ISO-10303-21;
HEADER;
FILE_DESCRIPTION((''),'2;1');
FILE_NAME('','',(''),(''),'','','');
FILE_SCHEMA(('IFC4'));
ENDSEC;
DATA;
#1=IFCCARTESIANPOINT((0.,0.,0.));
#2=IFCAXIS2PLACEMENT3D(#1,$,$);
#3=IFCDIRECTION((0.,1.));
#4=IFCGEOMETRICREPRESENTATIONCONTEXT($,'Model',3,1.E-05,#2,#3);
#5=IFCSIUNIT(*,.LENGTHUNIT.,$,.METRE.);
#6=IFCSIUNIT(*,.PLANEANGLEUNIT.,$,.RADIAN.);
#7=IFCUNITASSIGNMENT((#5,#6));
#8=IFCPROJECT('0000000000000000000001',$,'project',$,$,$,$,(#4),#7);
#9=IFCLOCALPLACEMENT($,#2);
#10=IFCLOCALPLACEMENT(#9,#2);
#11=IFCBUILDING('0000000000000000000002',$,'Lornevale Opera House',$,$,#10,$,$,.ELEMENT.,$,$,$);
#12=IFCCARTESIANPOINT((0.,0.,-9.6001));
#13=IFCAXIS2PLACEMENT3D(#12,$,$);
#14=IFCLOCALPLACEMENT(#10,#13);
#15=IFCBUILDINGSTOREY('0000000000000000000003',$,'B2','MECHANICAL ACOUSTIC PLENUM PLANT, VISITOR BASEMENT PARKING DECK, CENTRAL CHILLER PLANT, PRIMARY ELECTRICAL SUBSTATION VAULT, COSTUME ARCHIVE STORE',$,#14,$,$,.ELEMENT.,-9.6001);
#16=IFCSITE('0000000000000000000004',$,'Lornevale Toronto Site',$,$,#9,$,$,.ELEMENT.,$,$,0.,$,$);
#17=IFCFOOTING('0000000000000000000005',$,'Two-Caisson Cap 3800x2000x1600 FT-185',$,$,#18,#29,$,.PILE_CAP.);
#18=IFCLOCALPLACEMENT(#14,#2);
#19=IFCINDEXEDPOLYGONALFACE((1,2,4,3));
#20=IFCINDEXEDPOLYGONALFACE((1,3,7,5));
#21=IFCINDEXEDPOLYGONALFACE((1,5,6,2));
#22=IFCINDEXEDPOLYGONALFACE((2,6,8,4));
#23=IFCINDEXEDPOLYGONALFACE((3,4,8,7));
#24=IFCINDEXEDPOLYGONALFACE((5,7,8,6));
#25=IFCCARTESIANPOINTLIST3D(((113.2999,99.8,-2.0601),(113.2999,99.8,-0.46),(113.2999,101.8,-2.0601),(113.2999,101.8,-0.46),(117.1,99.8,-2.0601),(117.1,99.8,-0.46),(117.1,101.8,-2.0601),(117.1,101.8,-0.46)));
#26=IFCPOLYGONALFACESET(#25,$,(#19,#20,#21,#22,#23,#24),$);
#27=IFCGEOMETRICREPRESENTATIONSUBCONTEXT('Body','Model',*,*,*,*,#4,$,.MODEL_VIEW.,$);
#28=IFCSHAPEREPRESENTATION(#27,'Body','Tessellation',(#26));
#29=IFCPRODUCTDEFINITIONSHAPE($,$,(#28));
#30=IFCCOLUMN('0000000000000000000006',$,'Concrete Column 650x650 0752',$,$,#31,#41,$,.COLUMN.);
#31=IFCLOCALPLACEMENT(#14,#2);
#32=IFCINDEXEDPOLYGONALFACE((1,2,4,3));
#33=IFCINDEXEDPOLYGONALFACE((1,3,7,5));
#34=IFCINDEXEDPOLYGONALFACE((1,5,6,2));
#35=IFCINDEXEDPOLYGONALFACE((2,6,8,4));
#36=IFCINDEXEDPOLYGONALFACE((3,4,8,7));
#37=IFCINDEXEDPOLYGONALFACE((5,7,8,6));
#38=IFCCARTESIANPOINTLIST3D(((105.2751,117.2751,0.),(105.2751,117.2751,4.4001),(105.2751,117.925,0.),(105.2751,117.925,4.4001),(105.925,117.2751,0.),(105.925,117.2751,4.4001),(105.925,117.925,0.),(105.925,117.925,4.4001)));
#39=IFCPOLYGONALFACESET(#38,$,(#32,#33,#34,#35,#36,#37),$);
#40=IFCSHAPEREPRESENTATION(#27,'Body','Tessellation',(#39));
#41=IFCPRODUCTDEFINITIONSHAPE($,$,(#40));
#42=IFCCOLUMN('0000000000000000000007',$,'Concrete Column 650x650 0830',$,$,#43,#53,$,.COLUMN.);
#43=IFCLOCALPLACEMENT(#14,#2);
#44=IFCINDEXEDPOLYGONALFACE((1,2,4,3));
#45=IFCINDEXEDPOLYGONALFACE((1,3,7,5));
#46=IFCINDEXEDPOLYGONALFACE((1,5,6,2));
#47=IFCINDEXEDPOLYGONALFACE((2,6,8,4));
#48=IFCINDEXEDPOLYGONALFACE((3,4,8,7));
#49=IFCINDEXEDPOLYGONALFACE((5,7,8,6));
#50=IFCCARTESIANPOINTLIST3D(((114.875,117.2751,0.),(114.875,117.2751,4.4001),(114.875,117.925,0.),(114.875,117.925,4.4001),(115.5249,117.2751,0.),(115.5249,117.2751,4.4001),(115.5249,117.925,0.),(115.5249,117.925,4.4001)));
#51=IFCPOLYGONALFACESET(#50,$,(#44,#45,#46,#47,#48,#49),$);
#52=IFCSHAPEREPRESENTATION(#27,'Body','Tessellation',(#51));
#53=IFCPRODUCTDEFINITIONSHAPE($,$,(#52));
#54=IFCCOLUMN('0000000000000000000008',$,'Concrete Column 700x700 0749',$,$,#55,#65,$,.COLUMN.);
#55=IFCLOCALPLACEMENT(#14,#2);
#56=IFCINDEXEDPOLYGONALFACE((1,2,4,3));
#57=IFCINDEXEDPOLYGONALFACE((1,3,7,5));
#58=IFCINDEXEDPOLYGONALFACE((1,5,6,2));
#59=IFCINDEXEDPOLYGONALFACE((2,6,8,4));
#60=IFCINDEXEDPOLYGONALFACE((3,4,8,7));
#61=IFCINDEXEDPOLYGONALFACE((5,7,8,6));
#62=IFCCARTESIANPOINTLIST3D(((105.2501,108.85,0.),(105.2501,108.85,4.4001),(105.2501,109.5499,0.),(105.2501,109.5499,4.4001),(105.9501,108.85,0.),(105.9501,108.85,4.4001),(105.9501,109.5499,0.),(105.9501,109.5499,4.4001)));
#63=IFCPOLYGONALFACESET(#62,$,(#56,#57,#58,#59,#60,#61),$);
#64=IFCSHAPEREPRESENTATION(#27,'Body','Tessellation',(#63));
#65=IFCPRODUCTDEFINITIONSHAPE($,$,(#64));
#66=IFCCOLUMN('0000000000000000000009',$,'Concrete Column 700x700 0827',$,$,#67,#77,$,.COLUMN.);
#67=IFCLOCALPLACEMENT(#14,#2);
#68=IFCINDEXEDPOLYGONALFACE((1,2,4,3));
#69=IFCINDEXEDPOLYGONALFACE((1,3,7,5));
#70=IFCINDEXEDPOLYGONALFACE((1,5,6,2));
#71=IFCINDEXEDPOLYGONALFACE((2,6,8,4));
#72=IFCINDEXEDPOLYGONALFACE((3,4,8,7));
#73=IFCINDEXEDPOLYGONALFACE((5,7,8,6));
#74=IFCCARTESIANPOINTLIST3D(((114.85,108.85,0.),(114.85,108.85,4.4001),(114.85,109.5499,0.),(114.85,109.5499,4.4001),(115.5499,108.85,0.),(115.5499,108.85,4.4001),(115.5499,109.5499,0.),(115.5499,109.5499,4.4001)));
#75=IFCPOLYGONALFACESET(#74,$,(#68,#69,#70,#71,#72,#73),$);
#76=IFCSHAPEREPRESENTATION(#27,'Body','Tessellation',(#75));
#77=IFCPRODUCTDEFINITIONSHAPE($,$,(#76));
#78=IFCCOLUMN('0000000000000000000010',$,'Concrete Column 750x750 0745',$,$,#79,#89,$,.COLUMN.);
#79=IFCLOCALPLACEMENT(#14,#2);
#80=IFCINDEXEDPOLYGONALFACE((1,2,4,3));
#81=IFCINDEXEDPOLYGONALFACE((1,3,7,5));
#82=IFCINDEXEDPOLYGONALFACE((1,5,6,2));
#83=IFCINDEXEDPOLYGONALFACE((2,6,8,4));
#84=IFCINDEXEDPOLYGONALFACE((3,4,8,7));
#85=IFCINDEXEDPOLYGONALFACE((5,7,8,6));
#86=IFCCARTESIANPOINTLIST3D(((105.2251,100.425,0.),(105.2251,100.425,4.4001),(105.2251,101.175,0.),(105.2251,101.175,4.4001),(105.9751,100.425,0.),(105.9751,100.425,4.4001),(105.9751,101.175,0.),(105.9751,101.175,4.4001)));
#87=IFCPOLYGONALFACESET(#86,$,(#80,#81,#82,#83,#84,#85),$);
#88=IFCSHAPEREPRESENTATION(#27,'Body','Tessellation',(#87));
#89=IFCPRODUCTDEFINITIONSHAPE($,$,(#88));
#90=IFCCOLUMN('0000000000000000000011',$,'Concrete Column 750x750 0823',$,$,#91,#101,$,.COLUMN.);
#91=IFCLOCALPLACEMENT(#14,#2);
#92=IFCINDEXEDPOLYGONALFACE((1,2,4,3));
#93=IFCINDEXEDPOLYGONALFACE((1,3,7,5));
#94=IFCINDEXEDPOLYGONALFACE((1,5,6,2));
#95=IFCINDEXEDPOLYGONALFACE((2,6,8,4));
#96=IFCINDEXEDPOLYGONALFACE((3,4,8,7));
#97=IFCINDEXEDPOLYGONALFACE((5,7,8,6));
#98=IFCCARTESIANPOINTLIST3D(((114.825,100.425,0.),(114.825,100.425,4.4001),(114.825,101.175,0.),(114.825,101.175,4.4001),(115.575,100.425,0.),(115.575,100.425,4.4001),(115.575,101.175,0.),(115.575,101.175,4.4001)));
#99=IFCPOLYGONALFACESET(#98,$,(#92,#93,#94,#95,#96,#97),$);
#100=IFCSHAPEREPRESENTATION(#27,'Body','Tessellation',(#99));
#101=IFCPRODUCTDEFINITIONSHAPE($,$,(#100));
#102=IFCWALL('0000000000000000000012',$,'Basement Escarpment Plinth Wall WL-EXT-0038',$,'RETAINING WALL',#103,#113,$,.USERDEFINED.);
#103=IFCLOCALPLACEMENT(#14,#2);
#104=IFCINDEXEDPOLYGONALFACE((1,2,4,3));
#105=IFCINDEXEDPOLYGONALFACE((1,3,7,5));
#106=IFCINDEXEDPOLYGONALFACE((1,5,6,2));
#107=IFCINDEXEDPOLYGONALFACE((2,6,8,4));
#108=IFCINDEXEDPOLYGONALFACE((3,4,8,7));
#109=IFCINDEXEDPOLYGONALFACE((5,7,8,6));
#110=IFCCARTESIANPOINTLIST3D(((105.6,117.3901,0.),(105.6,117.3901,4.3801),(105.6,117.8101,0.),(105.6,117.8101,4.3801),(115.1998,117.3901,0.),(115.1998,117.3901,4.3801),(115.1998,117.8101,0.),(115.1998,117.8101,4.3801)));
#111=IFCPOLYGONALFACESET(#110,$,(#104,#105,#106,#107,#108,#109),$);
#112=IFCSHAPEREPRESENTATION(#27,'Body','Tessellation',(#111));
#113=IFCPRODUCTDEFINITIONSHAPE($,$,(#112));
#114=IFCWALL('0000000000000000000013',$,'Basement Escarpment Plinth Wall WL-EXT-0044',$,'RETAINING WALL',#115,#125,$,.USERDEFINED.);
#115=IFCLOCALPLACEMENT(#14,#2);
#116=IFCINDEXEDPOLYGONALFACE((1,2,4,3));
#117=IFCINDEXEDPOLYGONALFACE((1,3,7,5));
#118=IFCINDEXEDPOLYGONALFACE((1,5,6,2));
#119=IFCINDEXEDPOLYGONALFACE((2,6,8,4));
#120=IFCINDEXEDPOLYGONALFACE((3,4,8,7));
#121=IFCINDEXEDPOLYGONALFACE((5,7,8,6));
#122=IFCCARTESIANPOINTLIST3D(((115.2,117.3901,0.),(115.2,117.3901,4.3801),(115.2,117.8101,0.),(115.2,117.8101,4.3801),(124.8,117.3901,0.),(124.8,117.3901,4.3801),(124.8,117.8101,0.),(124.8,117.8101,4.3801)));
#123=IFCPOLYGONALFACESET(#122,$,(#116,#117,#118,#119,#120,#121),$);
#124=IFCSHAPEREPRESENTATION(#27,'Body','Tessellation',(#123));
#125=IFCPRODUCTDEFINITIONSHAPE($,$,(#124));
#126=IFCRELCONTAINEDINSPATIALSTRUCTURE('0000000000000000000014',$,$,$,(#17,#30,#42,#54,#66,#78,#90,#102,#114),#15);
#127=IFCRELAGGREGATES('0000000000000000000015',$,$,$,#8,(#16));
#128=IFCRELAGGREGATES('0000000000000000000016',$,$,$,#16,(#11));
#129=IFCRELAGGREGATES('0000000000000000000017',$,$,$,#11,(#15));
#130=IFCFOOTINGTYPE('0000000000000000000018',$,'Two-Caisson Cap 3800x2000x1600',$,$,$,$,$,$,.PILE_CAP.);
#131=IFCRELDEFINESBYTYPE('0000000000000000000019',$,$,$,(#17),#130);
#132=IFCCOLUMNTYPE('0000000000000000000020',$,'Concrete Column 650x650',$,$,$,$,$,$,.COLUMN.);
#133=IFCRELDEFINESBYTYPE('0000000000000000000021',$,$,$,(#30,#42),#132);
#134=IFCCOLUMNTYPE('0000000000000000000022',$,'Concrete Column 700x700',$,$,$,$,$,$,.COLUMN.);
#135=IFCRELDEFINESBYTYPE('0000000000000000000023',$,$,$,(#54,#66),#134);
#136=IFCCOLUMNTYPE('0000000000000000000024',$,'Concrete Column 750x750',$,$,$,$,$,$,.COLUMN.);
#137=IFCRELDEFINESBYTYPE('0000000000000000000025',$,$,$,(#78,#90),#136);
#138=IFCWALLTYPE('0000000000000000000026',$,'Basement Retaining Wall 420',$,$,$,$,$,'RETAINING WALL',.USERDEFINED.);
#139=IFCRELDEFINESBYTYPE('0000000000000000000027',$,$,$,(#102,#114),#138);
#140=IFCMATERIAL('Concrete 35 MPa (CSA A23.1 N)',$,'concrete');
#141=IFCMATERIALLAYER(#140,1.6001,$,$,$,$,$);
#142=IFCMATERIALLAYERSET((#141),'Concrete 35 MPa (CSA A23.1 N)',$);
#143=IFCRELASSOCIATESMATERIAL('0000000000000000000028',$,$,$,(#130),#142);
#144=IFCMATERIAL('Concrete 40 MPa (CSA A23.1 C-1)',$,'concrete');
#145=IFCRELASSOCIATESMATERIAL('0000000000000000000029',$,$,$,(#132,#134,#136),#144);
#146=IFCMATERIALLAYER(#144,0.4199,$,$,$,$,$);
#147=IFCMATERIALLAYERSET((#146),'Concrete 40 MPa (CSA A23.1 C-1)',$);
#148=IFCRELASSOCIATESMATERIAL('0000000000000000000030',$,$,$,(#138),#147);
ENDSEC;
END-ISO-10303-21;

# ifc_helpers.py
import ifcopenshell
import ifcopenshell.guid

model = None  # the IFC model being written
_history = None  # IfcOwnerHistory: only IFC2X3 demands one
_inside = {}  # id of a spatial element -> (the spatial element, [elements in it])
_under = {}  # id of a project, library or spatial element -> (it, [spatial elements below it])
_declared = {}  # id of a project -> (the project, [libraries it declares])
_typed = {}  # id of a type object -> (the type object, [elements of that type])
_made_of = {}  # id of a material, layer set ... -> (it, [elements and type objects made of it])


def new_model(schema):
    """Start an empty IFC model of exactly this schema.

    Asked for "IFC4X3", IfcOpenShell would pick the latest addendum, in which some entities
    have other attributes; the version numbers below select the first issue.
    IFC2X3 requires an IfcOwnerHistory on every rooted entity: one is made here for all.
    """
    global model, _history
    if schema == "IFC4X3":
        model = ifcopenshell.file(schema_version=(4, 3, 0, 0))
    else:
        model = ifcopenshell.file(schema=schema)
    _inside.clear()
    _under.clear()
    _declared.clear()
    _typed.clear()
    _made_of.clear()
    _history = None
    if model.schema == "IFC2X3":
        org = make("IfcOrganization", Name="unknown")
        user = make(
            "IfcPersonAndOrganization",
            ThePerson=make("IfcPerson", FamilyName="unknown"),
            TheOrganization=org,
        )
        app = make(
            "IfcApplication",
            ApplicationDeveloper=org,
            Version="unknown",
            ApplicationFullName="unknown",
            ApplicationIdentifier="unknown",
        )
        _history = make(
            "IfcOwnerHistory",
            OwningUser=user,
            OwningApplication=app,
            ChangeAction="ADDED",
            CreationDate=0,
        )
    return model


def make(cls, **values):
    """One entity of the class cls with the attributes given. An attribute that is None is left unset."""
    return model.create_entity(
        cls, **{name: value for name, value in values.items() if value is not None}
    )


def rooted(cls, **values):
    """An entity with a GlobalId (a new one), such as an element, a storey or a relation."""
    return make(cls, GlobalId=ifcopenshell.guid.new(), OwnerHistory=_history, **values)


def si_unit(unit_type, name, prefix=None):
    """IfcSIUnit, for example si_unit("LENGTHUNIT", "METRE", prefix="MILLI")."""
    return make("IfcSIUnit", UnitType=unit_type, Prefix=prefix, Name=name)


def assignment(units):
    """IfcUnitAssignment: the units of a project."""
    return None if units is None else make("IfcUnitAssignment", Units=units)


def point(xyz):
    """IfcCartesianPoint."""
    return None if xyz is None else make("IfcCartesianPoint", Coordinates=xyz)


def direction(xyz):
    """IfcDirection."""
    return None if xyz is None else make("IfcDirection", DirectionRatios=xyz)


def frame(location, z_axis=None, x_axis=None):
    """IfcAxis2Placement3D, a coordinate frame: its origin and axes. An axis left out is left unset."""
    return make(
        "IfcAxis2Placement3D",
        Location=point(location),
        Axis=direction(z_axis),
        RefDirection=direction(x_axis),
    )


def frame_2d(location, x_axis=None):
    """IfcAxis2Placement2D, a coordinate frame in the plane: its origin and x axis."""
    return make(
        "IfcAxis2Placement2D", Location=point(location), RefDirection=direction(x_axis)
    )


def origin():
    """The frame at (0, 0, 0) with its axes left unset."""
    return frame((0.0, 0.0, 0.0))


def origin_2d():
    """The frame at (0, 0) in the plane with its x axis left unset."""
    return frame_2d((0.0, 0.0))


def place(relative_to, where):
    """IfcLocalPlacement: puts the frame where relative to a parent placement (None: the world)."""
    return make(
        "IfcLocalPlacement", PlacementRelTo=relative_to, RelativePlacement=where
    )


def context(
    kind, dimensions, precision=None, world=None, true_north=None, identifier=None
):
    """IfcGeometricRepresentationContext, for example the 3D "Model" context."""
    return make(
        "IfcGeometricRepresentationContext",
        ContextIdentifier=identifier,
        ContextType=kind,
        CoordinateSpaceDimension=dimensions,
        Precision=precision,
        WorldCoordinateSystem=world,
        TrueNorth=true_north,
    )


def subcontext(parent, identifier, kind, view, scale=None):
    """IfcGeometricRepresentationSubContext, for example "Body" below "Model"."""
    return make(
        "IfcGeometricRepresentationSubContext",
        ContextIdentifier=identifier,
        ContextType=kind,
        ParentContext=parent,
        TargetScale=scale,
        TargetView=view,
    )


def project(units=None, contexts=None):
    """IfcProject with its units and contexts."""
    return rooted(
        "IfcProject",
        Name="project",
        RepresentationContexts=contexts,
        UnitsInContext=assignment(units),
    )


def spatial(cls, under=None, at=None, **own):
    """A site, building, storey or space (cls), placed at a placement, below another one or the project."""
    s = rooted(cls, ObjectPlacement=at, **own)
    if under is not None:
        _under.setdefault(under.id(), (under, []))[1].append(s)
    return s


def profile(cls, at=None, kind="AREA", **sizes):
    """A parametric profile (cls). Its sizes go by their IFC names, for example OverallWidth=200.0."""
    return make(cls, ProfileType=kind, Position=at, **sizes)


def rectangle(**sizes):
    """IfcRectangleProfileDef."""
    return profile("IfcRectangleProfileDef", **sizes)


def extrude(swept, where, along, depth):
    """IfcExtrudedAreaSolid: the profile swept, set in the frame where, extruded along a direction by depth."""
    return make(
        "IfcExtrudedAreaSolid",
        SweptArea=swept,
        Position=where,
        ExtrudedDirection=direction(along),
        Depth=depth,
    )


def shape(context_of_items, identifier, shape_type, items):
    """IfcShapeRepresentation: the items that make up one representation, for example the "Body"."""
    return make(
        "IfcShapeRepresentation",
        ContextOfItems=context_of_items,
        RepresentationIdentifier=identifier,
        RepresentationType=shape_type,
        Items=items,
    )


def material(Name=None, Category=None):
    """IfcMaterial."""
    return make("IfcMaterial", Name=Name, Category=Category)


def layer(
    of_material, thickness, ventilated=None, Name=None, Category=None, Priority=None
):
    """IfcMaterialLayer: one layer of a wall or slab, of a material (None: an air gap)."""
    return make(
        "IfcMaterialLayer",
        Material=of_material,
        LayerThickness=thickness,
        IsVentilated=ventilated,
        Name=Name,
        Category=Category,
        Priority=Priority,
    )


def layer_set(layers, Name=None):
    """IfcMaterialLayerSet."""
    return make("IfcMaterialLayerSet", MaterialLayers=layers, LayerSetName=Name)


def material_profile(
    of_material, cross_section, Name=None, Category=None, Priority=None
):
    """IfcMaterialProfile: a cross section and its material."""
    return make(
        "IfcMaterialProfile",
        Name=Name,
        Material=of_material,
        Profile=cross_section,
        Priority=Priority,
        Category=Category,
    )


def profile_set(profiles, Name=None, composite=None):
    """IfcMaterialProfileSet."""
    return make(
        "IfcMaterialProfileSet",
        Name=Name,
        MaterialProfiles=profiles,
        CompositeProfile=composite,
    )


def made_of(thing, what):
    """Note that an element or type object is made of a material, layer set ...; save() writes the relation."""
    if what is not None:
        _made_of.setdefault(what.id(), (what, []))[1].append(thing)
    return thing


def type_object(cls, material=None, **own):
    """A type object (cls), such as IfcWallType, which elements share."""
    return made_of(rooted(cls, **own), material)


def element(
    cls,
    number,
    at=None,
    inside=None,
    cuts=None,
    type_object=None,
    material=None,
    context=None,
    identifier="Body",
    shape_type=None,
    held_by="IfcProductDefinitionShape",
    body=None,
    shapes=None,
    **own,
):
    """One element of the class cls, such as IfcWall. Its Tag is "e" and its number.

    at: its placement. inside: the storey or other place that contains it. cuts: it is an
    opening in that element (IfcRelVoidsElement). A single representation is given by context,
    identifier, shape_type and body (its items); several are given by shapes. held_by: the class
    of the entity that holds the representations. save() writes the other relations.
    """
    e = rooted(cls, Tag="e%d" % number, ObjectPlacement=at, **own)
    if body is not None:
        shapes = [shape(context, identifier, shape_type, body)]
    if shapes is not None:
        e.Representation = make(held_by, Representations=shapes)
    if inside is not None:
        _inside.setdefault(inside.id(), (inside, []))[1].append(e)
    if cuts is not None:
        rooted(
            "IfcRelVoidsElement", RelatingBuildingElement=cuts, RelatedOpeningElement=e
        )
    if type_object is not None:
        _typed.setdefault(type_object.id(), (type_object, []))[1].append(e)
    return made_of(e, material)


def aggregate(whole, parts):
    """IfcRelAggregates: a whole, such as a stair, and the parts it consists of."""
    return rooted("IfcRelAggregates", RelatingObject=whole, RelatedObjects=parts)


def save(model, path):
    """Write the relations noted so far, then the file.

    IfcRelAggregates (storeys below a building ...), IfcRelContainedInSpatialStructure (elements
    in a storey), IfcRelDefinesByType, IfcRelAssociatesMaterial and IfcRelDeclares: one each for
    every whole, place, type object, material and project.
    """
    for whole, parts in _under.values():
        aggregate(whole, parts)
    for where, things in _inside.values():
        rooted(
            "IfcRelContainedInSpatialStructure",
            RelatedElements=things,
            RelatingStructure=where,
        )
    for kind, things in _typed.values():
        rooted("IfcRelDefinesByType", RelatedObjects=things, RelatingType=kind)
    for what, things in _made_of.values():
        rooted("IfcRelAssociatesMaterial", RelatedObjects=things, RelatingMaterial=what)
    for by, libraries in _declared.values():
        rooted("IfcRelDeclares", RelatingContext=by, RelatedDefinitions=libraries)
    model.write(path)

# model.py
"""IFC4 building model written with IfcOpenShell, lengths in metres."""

from ifc_helpers import new_model, si_unit, direction, frame, frame_2d, origin, origin_2d, place, context, subcontext, project, spatial, rectangle, extrude, material, layer, layer_set, material_profile, profile_set, type_object, element, save


model = new_model("IFC4")

# Units and contexts
model_context = context("Model", 3, precision=1e-05, world=origin(), true_north=direction((0.0, 1.0)))
body_context = subcontext(model_context, "Body", "Model", "MODEL_VIEW")
ifc_project = project(units=[si_unit("LENGTHUNIT", "METRE"), si_unit("PLANEANGLEUNIT", "RADIAN")], contexts=[model_context])

# Site, building, storey
site_placement = place(None, origin())
site = spatial("IfcSite", under=ifc_project, at=site_placement, Name="Lornevale Toronto Site", CompositionType="ELEMENT", RefElevation=0.0)
building_placement = place(site_placement, origin())
building = spatial("IfcBuilding", under=site, at=building_placement, Name="Lornevale Opera House", CompositionType="ELEMENT")
storey_placement = place(building_placement, frame((0.0, 0.0, -9.6001)))
storey = spatial("IfcBuildingStorey", under=building, at=storey_placement, Name="B2", Description="MECHANICAL ACOUSTIC PLENUM PLANT, VISITOR BASEMENT PARKING DECK, CENTRAL CHILLER PLANT, PRIMARY ELECTRICAL SUBSTATION VAULT, COSTUME ARCHIVE STORE", CompositionType="ELEMENT", Elevation=-9.6001)

# Shared definitions
ifc_material_1 = material(Name="Concrete 35 MPa (CSA A23.1 N)", Category="concrete")

# Shared definitions
ifc_material_2 = material(Name="Concrete 40 MPa (CSA A23.1 C-1)", Category="concrete")

# Footing
ifc_layer_1 = layer(ifc_material_1, 1.6001)
ifc_layer_set_1 = layer_set([ifc_layer_1], Name="Concrete 35 MPa (CSA A23.1 N)")
footing_type_1 = type_object("IfcFootingType", Name="Two-Caisson Cap 3800x2000x1600", PredefinedType="PILE_CAP", material=ifc_layer_set_1)
footing_1_placement = place(storey_placement, frame((115.2, 100.8, -2.0601), z_axis=(0.0, 0.0, 1.0), x_axis=(1.0, 0.0, 0.0)))
element("IfcFooting", 1, at=footing_1_placement, inside=storey, type_object=footing_type_1, Name="Two-Caisson Cap 3800x2000x1600 FT-185", PredefinedType="PILE_CAP", context=body_context, shape_type="SweptSolid", body=[
    extrude(rectangle(XDim=3.8, YDim=2.0, at=origin_2d()), origin(), (0.0, 0.0, 1.0), 1.6001),
])

# Columns
ifc_material_profile_1 = material_profile(ifc_material_2, rectangle(XDim=0.6499, YDim=0.6499, at=origin_2d()), Name="RC650x650")
ifc_profile_set_1 = profile_set([ifc_material_profile_1], Name="Concrete 40 MPa (CSA A23.1 C-1)")
column_type_1 = type_object("IfcColumnType", Name="Concrete Column 650x650", PredefinedType="COLUMN", material=ifc_profile_set_1)
for number, where, z_axis, x_axis, name in (
    (2, (105.6001, 117.6001, 0.0), (0.0, 0.0, 1.0), (1.0, 0.0, 0.0), "Concrete Column 650x650 0752"),
    (3, (115.2, 117.6001, 0.0), (0.0, 0.0, 1.0), (1.0, 0.0, 0.0), "Concrete Column 650x650 0830"),
):
    element("IfcColumn", number, at=place(storey_placement, frame(where, z_axis=z_axis, x_axis=x_axis)), inside=storey, type_object=column_type_1, Name=name, PredefinedType="COLUMN", context=body_context, shape_type="SweptSolid", body=[
        extrude(rectangle(XDim=0.6499, YDim=0.6499, at=origin_2d()), origin(), (0.0, 0.0, 1.0), 4.4001),
    ])
ifc_material_profile_2 = material_profile(ifc_material_2, rectangle(XDim=0.7, YDim=0.7, at=origin_2d()), Name="RC700x700")
ifc_profile_set_2 = profile_set([ifc_material_profile_2], Name="Concrete 40 MPa (CSA A23.1 C-1)")
column_type_2 = type_object("IfcColumnType", Name="Concrete Column 700x700", PredefinedType="COLUMN", material=ifc_profile_set_2)
for number, where, z_axis, x_axis, name in (
    (4, (105.6001, 109.2, 0.0), (0.0, 0.0, 1.0), (1.0, 0.0, 0.0), "Concrete Column 700x700 0749"),
    (5, (115.2, 109.2, 0.0), (0.0, 0.0, 1.0), (1.0, 0.0, 0.0), "Concrete Column 700x700 0827"),
):
    element("IfcColumn", number, at=place(storey_placement, frame(where, z_axis=z_axis, x_axis=x_axis)), inside=storey, type_object=column_type_2, Name=name, PredefinedType="COLUMN", context=body_context, shape_type="SweptSolid", body=[
        extrude(rectangle(XDim=0.7, YDim=0.7, at=origin_2d()), origin(), (0.0, 0.0, 1.0), 4.4001),
    ])
ifc_material_profile_3 = material_profile(ifc_material_2, rectangle(XDim=0.75, YDim=0.75, at=origin_2d()), Name="RC750x750")
ifc_profile_set_3 = profile_set([ifc_material_profile_3], Name="Concrete 40 MPa (CSA A23.1 C-1)")
column_type_3 = type_object("IfcColumnType", Name="Concrete Column 750x750", PredefinedType="COLUMN", material=ifc_profile_set_3)
for number, where, z_axis, x_axis, name in (
    (6, (105.6001, 100.8, 0.0), (0.0, 0.0, 1.0), (1.0, 0.0, 0.0), "Concrete Column 750x750 0745"),
    (7, (115.2, 100.8, 0.0), (0.0, 0.0, 1.0), (1.0, 0.0, 0.0), "Concrete Column 750x750 0823"),
):
    element("IfcColumn", number, at=place(storey_placement, frame(where, z_axis=z_axis, x_axis=x_axis)), inside=storey, type_object=column_type_3, Name=name, PredefinedType="COLUMN", context=body_context, shape_type="SweptSolid", body=[
        extrude(rectangle(XDim=0.75, YDim=0.75, at=origin_2d()), origin(), (0.0, 0.0, 1.0), 4.4001),
    ])

# Walls
ifc_layer_2 = layer(ifc_material_2, 0.4199)
ifc_layer_set_2 = layer_set([ifc_layer_2], Name="Concrete 40 MPa (CSA A23.1 C-1)")
wall_type = type_object("IfcWallType", Name="Basement Retaining Wall 420", ElementType="RETAINING WALL", PredefinedType="USERDEFINED", material=ifc_layer_set_2)
wall_1_placement = place(storey_placement, frame((105.6001, 117.6001, 0.0), z_axis=(0.0, 0.0, 1.0), x_axis=(1.0, 0.0, 0.0)))
element("IfcWall", 8, at=wall_1_placement, inside=storey, type_object=wall_type, Name="Basement Escarpment Plinth Wall WL-EXT-0038", ObjectType="RETAINING WALL", PredefinedType="USERDEFINED", context=body_context, shape_type="SweptSolid", body=[
    extrude(rectangle(XDim=9.5999, YDim=0.4199, at=frame_2d((4.7998, 0.0))), origin(), (0.0, 0.0, 1.0), 4.3801),
])
wall_2_placement = place(storey_placement, frame((115.2, 117.6001, 0.0), z_axis=(0.0, 0.0, 1.0), x_axis=(1.0, 0.0, 0.0)))
element("IfcWall", 9, at=wall_2_placement, inside=storey, type_object=wall_type, Name="Basement Escarpment Plinth Wall WL-EXT-0044", ObjectType="RETAINING WALL", PredefinedType="USERDEFINED", context=body_context, shape_type="SweptSolid", body=[
    extrude(rectangle(XDim=9.6001, YDim=0.4199, at=frame_2d((4.8, 0.0))), origin(), (0.0, 0.0, 1.0), 4.3801),
])

save(model, "model.ifc")
